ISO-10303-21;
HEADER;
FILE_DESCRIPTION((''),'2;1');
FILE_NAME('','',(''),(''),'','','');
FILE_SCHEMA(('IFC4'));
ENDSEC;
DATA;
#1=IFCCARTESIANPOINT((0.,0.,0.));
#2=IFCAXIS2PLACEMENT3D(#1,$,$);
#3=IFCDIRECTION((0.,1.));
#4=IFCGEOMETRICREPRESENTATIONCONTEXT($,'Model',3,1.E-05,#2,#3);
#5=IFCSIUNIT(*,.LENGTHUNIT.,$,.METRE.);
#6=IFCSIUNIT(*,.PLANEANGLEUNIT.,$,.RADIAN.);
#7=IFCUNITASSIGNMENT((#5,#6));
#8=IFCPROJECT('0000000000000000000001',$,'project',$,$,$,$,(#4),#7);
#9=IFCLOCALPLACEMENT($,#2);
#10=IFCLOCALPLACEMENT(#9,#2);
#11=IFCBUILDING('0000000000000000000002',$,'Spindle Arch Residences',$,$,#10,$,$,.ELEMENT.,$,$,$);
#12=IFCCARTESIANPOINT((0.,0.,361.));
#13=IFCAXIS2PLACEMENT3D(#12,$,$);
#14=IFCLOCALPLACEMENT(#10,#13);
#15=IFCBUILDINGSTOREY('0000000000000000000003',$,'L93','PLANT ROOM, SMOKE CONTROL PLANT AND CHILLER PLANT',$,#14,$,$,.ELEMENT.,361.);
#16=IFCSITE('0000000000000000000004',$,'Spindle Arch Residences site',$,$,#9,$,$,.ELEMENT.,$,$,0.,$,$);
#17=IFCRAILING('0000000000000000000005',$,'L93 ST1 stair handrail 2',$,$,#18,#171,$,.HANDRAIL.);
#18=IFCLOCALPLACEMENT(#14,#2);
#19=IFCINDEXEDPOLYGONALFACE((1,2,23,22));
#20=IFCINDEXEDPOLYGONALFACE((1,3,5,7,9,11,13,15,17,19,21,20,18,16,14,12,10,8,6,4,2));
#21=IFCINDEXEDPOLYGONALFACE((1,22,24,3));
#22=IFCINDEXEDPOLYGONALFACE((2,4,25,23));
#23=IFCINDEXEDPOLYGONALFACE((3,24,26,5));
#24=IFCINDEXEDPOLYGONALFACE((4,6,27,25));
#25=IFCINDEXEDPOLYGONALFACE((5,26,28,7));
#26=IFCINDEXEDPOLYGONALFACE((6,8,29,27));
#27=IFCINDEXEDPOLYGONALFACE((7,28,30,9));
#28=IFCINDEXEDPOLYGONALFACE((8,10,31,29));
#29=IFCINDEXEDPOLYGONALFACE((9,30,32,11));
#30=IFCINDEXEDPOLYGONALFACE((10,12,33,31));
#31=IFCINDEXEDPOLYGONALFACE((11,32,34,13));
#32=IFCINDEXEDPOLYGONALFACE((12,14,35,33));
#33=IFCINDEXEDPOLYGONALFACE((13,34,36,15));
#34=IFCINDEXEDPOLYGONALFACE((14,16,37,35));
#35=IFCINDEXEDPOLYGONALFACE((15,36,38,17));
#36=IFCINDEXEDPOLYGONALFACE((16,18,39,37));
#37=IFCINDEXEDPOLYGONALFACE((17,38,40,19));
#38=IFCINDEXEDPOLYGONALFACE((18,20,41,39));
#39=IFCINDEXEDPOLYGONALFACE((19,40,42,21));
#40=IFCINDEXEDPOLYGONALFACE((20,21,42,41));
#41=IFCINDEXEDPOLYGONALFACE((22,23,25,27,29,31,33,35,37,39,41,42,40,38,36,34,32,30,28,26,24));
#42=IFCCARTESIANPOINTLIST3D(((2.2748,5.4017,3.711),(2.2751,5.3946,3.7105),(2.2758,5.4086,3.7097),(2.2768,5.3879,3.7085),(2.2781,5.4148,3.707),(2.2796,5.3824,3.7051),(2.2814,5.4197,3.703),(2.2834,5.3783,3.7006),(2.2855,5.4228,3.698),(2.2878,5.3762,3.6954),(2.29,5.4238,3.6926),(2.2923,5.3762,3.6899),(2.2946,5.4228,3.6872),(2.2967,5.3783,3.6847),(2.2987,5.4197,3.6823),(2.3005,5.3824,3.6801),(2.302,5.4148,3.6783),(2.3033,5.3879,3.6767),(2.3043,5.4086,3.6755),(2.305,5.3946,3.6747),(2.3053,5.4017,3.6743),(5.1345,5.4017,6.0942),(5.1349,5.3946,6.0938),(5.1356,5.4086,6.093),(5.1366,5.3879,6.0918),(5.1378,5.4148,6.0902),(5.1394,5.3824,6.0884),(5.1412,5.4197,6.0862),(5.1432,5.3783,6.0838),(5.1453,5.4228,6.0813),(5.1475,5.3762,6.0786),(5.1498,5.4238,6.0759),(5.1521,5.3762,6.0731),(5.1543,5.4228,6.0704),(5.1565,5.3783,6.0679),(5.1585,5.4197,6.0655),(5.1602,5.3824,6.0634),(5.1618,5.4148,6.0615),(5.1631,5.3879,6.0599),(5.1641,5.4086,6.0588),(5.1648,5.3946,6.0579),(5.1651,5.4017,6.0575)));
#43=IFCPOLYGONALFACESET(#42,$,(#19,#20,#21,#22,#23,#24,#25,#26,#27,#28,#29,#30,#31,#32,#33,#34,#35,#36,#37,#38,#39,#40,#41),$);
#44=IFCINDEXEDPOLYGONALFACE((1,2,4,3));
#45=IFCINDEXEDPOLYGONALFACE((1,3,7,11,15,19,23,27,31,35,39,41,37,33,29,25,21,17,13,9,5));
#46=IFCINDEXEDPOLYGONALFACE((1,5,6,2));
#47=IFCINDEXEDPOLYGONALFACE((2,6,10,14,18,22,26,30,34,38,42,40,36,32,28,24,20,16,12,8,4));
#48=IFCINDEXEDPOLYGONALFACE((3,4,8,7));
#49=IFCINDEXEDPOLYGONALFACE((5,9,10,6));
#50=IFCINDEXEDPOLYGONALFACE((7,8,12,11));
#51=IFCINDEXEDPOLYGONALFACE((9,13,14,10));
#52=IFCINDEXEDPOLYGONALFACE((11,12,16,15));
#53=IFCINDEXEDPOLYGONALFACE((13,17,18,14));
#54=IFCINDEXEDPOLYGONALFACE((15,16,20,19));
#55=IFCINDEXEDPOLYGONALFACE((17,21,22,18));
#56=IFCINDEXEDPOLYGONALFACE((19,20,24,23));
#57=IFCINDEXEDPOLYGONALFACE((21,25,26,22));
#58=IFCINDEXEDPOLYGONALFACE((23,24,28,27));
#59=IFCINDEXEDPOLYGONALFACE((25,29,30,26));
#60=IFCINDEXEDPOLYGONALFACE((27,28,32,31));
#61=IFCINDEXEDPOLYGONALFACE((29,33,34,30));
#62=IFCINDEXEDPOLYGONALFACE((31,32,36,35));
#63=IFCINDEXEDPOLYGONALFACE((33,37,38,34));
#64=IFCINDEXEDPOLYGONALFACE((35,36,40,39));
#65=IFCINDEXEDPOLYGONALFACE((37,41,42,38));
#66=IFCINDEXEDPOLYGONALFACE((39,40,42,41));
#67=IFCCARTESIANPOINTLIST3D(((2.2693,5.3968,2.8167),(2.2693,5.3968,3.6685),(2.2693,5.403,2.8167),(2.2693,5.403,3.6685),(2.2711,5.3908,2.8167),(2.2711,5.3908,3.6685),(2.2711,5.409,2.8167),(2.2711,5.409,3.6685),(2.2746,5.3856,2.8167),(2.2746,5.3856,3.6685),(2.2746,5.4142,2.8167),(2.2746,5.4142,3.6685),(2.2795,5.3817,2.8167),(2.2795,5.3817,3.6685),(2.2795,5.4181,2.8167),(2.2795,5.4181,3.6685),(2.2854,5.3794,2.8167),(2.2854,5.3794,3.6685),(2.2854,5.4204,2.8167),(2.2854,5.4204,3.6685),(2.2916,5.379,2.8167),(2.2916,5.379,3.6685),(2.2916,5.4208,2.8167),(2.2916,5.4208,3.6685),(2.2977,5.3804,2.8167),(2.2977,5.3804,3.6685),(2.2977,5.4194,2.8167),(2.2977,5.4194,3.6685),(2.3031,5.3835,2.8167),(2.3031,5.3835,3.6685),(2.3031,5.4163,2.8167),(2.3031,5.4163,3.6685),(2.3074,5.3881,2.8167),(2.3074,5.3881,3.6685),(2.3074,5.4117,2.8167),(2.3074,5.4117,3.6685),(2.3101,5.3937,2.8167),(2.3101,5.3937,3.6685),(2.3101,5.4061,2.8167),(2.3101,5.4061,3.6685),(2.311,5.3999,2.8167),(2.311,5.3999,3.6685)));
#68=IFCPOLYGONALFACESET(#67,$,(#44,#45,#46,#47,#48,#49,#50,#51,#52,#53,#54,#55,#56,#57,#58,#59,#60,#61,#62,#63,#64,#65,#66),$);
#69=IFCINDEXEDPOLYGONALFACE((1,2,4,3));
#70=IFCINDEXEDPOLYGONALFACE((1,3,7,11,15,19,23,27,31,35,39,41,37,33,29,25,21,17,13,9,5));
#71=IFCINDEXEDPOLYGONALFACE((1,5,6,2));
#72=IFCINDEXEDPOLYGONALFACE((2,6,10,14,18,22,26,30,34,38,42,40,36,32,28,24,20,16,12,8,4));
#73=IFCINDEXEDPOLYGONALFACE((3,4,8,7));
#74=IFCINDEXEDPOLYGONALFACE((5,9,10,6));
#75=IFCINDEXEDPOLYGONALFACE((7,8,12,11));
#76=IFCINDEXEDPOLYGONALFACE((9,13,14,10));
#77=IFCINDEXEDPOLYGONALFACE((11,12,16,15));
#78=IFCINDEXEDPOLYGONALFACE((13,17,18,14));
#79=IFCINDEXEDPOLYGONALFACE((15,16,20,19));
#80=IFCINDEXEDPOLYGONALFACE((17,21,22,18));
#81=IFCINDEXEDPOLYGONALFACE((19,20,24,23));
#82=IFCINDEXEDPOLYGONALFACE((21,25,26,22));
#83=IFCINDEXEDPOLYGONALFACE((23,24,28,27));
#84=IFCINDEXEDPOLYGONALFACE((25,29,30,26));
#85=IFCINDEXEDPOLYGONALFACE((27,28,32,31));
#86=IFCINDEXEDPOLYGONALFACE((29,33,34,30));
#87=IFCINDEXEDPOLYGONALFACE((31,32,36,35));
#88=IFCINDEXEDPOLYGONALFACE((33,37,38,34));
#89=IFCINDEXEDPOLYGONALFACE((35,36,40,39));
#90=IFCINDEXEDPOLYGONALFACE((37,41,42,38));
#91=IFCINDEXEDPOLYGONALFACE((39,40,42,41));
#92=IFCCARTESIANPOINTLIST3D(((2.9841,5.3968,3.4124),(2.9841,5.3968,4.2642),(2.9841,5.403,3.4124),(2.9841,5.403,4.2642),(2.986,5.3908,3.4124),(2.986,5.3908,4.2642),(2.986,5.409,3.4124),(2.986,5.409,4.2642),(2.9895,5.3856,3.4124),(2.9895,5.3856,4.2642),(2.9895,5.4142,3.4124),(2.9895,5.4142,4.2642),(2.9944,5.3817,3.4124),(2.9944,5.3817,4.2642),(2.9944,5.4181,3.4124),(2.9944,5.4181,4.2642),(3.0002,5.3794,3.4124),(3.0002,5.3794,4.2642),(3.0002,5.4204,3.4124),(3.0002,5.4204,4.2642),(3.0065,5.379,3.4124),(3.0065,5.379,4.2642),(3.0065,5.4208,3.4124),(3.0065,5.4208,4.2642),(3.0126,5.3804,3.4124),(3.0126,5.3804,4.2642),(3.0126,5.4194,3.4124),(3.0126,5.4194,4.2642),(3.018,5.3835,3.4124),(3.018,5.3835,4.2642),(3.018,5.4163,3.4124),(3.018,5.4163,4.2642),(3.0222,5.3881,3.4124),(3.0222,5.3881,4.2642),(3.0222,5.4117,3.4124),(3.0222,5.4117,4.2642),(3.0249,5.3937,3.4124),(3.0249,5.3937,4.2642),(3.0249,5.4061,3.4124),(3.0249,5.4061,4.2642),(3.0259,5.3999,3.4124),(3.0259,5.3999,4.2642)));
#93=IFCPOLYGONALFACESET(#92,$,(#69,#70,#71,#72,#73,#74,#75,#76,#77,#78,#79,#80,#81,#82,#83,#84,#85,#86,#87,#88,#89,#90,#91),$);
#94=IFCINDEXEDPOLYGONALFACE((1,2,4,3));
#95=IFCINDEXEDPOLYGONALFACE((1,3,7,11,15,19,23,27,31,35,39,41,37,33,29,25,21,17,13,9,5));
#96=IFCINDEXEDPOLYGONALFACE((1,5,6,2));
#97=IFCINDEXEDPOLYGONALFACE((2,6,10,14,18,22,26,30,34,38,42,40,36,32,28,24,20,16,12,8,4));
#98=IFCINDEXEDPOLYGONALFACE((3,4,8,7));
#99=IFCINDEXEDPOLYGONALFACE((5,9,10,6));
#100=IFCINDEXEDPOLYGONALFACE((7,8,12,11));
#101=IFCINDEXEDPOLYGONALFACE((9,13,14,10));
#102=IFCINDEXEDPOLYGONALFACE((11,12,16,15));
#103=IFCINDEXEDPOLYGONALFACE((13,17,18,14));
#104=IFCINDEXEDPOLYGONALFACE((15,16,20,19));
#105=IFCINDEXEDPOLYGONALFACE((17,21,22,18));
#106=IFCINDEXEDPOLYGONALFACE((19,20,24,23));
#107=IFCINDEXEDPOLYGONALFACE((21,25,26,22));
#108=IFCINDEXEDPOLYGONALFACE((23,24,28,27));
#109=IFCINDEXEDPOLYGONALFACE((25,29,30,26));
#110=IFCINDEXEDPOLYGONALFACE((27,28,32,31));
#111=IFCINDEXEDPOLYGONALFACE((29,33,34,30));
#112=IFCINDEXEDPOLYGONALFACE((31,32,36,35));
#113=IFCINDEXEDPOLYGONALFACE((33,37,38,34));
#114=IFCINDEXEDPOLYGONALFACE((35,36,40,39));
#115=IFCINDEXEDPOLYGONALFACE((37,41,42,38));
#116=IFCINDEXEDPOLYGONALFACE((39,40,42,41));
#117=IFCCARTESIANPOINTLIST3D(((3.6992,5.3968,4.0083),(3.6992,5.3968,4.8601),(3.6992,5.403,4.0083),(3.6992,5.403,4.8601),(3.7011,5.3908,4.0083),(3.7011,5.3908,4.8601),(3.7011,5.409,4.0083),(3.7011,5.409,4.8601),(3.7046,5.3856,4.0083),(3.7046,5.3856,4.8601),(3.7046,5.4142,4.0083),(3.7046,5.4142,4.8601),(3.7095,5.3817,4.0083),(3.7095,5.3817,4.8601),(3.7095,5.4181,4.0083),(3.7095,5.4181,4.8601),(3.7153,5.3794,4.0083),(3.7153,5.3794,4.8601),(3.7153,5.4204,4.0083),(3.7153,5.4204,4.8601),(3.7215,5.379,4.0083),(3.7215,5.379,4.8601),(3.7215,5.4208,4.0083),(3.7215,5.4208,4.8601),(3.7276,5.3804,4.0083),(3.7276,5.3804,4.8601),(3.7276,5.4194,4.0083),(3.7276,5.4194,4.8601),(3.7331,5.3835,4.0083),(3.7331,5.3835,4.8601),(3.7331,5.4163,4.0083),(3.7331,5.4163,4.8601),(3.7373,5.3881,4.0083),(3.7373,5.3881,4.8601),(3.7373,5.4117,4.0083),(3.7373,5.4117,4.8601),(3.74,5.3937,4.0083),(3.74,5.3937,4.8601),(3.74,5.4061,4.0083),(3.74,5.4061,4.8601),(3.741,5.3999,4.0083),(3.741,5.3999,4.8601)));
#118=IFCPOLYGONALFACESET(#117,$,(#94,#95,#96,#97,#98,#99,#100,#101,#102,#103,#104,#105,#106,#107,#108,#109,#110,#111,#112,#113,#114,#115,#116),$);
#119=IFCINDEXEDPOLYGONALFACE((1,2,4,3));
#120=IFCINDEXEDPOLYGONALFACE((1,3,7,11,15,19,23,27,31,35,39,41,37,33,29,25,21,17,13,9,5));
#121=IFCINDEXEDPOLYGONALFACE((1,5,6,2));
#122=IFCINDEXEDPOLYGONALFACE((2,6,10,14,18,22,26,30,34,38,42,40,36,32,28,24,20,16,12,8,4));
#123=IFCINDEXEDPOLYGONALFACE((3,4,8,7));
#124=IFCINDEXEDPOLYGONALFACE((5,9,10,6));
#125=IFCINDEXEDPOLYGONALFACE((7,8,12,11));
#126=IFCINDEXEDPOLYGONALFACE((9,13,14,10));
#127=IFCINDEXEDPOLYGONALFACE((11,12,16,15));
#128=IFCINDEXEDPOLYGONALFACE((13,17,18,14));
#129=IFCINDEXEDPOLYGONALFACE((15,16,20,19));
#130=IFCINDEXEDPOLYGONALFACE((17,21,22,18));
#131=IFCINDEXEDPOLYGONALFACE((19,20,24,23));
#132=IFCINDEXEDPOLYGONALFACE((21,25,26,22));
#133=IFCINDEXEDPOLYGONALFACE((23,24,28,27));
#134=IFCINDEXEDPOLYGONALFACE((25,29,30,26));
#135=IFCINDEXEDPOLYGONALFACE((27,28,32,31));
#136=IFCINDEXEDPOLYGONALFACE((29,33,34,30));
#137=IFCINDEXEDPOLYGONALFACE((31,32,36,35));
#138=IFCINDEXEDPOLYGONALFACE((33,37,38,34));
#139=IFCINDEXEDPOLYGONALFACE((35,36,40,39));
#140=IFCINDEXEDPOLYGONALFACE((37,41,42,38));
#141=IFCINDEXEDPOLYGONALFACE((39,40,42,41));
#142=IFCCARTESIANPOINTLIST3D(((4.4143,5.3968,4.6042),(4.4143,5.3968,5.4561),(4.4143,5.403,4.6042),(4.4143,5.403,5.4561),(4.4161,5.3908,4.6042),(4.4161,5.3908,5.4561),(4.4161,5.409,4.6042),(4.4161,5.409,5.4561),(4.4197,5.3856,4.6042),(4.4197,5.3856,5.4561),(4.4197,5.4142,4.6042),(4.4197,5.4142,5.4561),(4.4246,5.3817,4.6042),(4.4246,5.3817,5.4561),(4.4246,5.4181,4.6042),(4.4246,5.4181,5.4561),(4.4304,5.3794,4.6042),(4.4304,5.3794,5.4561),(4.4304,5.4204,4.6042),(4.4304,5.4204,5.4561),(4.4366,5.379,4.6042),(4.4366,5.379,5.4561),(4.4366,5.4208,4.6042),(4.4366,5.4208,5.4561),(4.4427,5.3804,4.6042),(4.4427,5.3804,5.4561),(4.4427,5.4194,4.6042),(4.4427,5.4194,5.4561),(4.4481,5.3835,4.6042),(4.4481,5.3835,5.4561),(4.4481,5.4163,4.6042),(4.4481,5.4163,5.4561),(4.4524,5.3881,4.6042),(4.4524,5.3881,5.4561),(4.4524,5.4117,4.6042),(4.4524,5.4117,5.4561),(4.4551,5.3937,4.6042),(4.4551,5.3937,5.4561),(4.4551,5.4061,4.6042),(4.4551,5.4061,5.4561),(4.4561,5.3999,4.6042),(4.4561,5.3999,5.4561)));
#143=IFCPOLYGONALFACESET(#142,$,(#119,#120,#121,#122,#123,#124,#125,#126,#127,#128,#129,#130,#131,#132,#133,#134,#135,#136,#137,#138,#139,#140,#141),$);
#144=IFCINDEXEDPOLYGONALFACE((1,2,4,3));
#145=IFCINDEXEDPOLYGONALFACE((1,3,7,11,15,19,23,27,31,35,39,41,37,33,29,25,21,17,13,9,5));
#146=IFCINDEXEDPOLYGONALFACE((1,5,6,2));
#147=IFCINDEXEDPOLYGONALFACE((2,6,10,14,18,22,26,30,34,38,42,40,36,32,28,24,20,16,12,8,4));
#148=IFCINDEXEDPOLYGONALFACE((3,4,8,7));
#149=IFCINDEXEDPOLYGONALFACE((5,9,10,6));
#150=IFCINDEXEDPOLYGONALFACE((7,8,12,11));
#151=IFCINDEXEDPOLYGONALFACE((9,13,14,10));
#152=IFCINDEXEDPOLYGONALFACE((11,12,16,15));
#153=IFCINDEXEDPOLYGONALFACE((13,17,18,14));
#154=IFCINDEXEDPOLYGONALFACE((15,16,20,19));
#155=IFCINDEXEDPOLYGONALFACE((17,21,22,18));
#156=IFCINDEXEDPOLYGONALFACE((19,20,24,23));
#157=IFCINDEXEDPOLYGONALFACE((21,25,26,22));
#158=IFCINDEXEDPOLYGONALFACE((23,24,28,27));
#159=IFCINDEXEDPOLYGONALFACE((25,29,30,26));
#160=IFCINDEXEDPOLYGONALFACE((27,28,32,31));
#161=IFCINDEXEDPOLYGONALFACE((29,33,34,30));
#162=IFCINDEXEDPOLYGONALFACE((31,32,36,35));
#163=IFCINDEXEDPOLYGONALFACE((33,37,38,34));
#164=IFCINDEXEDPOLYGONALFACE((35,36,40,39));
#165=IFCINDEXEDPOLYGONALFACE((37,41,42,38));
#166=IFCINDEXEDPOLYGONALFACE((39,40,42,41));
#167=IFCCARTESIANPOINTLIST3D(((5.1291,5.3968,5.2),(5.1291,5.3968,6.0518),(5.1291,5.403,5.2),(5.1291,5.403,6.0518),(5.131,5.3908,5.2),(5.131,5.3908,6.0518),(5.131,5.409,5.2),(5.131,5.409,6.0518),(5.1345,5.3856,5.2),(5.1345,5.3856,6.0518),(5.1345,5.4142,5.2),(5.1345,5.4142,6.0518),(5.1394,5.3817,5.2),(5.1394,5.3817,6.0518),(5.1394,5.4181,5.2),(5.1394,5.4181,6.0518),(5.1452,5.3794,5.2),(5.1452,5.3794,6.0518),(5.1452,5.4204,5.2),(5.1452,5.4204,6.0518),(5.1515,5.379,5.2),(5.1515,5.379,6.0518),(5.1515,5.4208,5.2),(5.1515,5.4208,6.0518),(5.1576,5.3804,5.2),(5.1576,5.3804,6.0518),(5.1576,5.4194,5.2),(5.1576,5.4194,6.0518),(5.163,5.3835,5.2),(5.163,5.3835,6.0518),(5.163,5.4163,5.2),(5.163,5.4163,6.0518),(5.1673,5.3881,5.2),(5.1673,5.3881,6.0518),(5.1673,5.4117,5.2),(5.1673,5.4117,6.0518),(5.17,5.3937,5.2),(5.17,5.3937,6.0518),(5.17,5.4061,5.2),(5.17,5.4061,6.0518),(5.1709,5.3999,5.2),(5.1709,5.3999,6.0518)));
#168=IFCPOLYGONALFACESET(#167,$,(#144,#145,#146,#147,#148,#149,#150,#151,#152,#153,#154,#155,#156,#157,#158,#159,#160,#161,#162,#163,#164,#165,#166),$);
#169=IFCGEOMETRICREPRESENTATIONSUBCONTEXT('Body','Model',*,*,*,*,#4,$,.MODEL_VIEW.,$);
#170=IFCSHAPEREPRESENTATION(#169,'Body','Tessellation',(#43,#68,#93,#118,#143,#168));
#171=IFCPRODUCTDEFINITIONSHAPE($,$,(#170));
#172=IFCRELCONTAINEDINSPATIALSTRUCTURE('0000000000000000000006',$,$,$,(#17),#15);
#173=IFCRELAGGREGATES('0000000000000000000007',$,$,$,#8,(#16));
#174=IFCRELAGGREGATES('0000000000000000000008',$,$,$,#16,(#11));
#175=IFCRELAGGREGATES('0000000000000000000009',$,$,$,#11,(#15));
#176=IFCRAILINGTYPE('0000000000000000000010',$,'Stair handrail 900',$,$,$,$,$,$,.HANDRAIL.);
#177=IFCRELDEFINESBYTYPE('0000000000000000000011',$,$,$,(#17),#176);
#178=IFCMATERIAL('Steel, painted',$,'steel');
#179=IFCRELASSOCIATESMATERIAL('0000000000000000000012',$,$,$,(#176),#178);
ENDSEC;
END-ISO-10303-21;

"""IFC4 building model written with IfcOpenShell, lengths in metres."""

from ifc_helpers import new_model, si_unit, direction, frame, origin, origin_2d, place, context, subcontext, project, spatial, circle, extrude, material, type_object, element, save


model = new_model("IFC4")

# Units and contexts
model_context = context("Model", 3, precision=1e-05, world=origin(), true_north=direction((0.0, 1.0)))
body_context = subcontext(model_context, "Body", "Model", "MODEL_VIEW")
ifc_project = project(units=[si_unit("LENGTHUNIT", "METRE"), si_unit("PLANEANGLEUNIT", "RADIAN")], contexts=[model_context])

# Site, building, storey
site_placement = place(None, origin())
site = spatial("IfcSite", under=ifc_project, at=site_placement, Name="Spindle Arch Residences site", CompositionType="ELEMENT", RefElevation=0.0)
building_placement = place(site_placement, origin())
building = spatial("IfcBuilding", under=site, at=building_placement, Name="Spindle Arch Residences", CompositionType="ELEMENT")
storey_placement = place(building_placement, frame((0.0, 0.0, 361.0)))
storey = spatial("IfcBuildingStorey", under=building, at=storey_placement, Name="L93", Description="PLANT ROOM, SMOKE CONTROL PLANT AND CHILLER PLANT", CompositionType="ELEMENT", Elevation=361.0)

# Railing
ifc_material_1 = material(Name="Steel, painted", Category="steel")
railing_type_1 = type_object("IfcRailingType", Name="Stair handrail 900", PredefinedType="HANDRAIL", material=ifc_material_1)
railing_1_placement = place(storey_placement, frame((2.29, 5.3999, 2.8167)))
element("IfcRailing", 1, at=railing_1_placement, inside=storey, type_object=railing_type_1, Name="L93 ST1 stair handrail 2", PredefinedType="HANDRAIL", context=body_context, shape_type="SweptSolid", body=[
    extrude(circle(Radius=0.0239, at=origin_2d()), frame((0.0, 0.0, 0.876), z_axis=(0.768211, 0.0, 0.640197), x_axis=(0.0, 1.0, 0.0)), (0.0, 0.0, 1.0), 3.7227),
    extrude(circle(Radius=0.021, at=origin_2d()), origin(), (0.0, 0.0, 1.0), 0.8518),
    extrude(circle(Radius=0.021, at=origin_2d()), frame((0.7148, 0.0, 0.5957)), (0.0, 0.0, 1.0), 0.8518),
    extrude(circle(Radius=0.021, at=origin_2d()), frame((1.4299, 0.0, 1.1917)), (0.0, 0.0, 1.0), 0.8518),
    extrude(circle(Radius=0.021, at=origin_2d()), frame((2.145, 0.0, 1.7876)), (0.0, 0.0, 1.0), 0.8518),
    extrude(circle(Radius=0.021, at=origin_2d()), frame((2.8599, 0.0, 2.3833)), (0.0, 0.0, 1.0), 0.8518),
])

save(model, "model.ifc")
